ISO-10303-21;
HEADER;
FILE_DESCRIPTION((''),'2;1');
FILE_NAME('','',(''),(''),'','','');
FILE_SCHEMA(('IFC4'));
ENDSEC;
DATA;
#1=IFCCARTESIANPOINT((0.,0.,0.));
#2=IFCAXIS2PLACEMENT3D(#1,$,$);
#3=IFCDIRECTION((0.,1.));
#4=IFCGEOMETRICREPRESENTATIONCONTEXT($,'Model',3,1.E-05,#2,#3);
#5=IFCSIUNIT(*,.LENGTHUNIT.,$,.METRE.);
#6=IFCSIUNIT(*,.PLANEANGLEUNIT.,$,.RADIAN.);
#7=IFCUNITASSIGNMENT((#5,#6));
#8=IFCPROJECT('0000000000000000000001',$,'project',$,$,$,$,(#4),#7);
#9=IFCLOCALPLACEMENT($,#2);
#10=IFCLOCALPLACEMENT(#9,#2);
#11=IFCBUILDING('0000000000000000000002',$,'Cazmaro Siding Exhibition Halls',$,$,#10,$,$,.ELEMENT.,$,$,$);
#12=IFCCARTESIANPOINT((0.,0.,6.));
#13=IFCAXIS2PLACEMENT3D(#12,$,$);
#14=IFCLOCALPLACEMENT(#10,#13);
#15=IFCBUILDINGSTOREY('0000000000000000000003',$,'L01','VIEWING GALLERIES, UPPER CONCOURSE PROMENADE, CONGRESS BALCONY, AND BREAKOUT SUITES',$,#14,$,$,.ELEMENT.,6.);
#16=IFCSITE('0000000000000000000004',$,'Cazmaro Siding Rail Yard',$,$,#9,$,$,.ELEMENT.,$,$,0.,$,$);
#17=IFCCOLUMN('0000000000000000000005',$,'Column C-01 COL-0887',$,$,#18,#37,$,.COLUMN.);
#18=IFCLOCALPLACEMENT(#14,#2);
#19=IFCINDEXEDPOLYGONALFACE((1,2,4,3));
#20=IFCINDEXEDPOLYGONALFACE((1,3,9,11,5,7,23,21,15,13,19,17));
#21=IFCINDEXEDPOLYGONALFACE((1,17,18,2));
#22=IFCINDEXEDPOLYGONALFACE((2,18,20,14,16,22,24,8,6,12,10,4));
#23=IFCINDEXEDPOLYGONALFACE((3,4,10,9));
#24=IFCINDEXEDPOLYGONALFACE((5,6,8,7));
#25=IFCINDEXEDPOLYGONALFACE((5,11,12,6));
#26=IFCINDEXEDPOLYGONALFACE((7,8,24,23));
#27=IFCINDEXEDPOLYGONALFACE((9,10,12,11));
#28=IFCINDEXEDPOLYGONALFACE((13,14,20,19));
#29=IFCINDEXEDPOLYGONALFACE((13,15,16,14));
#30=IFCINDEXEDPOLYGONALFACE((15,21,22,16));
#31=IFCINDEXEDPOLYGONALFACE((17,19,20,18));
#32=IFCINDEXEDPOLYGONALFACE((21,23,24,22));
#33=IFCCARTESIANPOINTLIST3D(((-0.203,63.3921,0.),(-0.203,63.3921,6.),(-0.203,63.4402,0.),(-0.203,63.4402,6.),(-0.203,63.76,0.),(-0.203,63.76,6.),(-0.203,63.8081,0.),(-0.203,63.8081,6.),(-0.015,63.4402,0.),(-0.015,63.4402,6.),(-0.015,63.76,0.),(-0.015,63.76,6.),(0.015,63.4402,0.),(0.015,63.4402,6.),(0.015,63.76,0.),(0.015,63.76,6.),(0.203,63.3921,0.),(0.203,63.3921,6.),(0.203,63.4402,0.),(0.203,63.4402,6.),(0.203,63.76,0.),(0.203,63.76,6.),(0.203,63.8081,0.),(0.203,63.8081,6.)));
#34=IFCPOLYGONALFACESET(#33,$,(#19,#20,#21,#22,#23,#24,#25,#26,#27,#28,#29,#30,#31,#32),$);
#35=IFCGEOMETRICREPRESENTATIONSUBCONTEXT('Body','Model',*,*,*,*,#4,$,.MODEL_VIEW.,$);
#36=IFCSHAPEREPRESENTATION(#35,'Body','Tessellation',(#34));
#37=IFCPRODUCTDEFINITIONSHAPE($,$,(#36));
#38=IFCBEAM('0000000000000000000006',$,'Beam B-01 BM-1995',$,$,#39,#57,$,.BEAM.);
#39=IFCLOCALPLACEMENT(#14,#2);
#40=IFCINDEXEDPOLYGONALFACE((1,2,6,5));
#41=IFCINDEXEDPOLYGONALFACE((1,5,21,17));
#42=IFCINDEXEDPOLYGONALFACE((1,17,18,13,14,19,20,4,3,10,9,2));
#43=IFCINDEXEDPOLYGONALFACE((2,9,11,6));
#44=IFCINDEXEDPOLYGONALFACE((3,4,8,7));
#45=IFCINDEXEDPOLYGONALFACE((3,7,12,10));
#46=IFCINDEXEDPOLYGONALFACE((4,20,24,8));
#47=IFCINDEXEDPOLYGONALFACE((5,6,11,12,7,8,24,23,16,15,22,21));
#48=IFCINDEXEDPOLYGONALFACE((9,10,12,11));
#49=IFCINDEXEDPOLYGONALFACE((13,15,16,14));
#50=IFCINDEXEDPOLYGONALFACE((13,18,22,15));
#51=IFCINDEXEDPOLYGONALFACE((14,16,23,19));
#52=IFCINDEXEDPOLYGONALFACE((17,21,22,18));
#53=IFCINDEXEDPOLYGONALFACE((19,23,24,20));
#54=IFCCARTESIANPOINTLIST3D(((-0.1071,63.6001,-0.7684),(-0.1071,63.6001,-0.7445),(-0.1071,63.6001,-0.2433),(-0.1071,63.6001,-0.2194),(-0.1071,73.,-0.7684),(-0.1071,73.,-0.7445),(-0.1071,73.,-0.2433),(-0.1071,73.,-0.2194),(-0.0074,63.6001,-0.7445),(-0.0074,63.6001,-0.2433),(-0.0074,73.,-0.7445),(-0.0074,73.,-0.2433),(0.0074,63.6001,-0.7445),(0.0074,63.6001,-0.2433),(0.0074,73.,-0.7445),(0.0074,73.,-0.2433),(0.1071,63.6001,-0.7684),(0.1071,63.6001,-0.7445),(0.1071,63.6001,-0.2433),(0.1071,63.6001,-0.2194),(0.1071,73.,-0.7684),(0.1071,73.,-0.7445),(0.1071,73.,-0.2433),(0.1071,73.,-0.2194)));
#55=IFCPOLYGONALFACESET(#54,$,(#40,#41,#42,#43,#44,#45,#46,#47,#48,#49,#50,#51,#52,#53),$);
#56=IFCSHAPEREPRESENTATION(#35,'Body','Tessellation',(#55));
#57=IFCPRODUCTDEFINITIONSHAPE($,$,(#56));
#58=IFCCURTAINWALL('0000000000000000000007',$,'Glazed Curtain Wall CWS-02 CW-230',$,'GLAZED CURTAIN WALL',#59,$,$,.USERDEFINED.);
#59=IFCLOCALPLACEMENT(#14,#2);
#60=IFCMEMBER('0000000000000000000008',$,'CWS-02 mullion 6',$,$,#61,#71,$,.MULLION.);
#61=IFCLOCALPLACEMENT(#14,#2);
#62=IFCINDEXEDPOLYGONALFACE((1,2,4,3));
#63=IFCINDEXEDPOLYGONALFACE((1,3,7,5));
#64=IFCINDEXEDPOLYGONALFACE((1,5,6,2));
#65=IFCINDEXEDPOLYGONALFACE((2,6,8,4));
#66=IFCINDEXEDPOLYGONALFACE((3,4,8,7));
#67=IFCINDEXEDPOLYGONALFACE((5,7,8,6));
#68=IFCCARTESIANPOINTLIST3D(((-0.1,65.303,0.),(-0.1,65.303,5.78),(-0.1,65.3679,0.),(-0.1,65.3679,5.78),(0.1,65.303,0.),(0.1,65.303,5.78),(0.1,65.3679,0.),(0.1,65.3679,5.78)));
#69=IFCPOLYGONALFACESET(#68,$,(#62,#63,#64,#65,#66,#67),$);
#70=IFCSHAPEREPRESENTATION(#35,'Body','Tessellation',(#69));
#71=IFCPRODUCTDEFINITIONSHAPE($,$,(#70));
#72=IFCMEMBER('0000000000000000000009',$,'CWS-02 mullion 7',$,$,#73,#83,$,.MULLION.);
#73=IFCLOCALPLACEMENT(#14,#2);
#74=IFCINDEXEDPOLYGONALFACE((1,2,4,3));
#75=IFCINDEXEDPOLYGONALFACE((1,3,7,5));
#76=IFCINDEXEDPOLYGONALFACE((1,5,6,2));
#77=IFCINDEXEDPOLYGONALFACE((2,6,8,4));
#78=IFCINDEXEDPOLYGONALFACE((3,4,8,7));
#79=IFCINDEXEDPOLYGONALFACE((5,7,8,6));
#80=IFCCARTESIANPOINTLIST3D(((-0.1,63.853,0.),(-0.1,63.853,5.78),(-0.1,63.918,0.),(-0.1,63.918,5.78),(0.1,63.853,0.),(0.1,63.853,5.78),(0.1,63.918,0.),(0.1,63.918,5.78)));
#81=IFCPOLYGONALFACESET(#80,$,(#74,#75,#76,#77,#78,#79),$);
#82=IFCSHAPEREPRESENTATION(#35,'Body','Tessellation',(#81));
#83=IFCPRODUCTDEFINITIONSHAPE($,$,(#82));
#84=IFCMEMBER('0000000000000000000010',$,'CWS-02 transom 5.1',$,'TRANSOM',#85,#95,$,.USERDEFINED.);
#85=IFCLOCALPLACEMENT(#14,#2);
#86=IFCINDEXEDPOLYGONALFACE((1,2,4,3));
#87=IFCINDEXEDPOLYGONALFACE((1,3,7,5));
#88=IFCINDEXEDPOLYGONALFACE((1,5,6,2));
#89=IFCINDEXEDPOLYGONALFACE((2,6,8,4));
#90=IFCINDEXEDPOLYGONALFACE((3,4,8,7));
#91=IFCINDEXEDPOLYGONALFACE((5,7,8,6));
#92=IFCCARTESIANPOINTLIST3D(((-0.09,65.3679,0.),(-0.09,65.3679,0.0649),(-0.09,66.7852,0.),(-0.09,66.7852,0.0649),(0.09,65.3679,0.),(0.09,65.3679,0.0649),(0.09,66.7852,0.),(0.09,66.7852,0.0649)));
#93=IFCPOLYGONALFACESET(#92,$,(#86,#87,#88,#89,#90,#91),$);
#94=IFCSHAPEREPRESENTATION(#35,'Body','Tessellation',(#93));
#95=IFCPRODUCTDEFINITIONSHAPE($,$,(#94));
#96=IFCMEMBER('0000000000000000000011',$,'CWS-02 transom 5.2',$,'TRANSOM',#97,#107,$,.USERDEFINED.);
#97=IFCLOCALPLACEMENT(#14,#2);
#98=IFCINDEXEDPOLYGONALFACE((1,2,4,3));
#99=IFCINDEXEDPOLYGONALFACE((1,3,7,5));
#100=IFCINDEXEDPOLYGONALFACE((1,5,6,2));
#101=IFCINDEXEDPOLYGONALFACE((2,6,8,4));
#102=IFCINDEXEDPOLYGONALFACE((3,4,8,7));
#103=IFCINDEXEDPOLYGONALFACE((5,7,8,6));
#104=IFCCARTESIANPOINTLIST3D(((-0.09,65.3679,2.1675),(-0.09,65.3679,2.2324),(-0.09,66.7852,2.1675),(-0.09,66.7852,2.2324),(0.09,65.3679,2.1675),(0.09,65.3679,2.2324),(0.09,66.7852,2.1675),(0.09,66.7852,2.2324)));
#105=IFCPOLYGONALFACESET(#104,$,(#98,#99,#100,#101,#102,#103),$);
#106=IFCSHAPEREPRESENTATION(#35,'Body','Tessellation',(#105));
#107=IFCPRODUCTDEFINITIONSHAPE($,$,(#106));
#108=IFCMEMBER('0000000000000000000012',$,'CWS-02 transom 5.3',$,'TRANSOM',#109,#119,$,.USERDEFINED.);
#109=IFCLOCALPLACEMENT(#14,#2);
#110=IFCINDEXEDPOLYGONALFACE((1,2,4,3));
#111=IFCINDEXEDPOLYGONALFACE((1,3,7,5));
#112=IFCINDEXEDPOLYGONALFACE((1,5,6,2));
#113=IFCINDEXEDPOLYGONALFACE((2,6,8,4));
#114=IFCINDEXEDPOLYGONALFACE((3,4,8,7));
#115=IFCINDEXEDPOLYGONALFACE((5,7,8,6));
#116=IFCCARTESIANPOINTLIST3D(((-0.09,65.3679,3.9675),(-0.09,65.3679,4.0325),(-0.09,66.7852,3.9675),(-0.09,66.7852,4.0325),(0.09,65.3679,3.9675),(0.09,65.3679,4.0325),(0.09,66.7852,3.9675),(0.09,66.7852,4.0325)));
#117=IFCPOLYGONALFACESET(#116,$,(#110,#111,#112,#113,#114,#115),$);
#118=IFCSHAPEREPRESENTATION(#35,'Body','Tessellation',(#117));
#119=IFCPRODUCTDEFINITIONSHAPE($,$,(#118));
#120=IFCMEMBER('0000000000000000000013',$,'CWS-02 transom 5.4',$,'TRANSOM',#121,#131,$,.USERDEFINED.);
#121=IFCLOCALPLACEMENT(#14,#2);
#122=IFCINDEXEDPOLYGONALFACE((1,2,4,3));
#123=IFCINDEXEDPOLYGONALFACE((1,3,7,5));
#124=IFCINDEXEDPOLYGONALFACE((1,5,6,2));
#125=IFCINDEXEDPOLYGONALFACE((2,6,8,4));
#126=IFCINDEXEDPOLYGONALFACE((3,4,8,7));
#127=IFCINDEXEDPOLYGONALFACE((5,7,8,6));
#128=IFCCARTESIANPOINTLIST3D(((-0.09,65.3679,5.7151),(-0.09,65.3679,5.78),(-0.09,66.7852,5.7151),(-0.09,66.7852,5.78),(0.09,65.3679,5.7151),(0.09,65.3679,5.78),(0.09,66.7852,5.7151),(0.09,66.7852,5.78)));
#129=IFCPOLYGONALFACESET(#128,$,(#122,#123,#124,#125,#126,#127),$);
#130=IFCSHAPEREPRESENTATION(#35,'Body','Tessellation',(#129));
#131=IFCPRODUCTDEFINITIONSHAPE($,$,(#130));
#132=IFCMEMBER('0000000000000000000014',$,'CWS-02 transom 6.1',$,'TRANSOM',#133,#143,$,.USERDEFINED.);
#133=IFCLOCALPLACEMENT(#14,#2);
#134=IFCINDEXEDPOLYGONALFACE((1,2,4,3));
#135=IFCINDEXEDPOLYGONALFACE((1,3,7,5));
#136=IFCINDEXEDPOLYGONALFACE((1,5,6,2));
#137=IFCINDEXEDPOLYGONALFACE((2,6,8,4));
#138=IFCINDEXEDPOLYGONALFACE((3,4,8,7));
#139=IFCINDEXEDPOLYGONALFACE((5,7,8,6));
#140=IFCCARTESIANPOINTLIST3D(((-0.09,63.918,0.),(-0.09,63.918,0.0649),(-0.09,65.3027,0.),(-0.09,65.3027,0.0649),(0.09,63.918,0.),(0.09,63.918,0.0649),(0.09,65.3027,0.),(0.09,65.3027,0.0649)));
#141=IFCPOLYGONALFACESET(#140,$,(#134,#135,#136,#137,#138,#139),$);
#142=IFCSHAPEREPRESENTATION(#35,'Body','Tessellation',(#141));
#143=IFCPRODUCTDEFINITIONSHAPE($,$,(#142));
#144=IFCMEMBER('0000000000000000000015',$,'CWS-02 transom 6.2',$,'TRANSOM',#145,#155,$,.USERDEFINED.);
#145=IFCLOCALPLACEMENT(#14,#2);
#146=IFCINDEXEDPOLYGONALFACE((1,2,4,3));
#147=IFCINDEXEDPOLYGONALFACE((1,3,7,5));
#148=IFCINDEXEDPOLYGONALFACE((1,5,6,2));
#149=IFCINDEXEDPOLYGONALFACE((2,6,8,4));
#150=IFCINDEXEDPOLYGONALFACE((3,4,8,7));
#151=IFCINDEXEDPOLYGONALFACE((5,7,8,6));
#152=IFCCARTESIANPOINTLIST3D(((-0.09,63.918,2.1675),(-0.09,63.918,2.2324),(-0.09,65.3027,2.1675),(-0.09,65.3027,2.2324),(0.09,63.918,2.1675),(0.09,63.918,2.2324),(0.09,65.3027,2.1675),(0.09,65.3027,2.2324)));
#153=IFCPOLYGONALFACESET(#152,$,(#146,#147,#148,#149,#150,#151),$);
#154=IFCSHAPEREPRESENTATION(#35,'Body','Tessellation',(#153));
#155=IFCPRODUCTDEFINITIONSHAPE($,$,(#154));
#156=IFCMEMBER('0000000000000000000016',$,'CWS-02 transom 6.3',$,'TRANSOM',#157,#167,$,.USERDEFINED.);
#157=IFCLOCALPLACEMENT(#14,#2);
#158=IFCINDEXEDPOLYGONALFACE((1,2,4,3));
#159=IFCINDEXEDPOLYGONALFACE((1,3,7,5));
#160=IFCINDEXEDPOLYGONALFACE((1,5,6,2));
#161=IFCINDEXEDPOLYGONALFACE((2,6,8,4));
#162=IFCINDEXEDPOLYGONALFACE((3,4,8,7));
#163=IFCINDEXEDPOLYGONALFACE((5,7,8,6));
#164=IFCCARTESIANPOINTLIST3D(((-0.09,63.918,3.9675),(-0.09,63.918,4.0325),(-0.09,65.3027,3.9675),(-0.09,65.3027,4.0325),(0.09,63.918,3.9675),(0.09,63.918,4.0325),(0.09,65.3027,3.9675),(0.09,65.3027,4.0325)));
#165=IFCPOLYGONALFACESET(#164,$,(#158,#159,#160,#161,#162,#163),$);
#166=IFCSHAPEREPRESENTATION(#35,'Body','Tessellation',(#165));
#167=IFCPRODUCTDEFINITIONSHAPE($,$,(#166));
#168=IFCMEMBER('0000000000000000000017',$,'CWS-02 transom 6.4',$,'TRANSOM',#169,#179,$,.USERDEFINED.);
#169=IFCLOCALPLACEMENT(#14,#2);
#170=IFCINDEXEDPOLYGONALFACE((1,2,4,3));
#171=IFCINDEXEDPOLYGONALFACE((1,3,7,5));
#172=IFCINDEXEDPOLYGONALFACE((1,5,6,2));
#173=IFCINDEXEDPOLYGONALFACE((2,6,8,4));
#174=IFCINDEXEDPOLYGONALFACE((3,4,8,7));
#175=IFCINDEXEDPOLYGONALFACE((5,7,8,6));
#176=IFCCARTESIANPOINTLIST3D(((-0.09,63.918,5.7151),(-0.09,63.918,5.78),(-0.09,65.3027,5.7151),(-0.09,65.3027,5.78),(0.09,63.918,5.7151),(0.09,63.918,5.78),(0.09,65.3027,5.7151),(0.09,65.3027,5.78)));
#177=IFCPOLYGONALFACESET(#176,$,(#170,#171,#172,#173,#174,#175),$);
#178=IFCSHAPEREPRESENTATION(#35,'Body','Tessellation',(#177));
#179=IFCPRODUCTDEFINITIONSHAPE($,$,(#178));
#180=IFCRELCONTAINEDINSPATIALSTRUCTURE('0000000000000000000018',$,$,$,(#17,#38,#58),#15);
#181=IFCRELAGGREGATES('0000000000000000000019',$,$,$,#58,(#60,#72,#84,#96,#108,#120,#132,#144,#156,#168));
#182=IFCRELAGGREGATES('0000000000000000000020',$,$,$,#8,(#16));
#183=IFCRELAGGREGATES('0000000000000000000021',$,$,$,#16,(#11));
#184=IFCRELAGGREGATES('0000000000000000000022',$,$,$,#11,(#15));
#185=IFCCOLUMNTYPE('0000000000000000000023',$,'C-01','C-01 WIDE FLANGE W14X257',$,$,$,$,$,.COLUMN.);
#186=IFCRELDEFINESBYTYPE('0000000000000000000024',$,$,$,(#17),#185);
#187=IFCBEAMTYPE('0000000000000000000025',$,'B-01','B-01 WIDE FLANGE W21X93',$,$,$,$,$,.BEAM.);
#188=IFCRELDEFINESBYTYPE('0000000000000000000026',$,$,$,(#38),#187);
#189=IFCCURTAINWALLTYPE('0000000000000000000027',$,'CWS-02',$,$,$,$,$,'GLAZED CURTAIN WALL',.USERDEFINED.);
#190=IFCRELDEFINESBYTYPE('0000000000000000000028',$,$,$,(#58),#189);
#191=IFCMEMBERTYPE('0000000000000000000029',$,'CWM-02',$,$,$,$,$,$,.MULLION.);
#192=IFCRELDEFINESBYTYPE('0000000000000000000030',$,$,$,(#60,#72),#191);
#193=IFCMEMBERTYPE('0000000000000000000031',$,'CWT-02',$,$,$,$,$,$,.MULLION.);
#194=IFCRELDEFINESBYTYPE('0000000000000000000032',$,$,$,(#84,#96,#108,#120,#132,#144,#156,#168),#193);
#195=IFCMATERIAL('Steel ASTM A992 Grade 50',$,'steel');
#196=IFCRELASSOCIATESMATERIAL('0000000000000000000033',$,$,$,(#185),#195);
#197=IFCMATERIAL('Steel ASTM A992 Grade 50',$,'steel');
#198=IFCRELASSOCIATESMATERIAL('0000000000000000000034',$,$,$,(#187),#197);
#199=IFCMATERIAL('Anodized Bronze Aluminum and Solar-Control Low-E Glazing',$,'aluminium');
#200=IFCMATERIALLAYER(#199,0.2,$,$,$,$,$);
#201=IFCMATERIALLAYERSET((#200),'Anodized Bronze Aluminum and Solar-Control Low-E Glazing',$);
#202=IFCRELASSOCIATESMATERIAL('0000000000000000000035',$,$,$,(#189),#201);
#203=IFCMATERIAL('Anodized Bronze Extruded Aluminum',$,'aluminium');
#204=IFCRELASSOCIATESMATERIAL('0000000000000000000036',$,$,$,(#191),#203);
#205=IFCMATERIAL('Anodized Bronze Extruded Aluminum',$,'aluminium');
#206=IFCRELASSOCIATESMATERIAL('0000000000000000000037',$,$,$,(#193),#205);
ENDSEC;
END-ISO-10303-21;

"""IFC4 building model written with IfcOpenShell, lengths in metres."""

from ifc_helpers import new_model, si_unit, direction, frame, origin, origin_2d, place, context, subcontext, project, spatial, rectangle, i_section, extrude, material, layer, layer_set, material_profile, profile_set, type_object, element, aggregate, save


model = new_model("IFC4")

# Units and contexts
model_context = context("Model", 3, precision=1e-05, world=origin(), true_north=direction((0.0, 1.0)))
body_context = subcontext(model_context, "Body", "Model", "MODEL_VIEW")
ifc_project = project(units=[si_unit("LENGTHUNIT", "METRE"), si_unit("PLANEANGLEUNIT", "RADIAN")], contexts=[model_context])

# Site, building, storey
site_placement = place(None, origin())
site = spatial("IfcSite", under=ifc_project, at=site_placement, Name="Cazmaro Siding Rail Yard", CompositionType="ELEMENT", RefElevation=0.0)
building_placement = place(site_placement, origin())
building = spatial("IfcBuilding", under=site, at=building_placement, Name="Cazmaro Siding Exhibition Halls", CompositionType="ELEMENT")
storey_placement = place(building_placement, frame((0.0, 0.0, 6.0)))
storey = spatial("IfcBuildingStorey", under=building, at=storey_placement, Name="L01", Description="VIEWING GALLERIES, UPPER CONCOURSE PROMENADE, CONGRESS BALCONY, AND BREAKOUT SUITES", CompositionType="ELEMENT", Elevation=6.0)

# Column
ifc_material_1 = material(Name="Steel ASTM A992 Grade 50", Category="steel")
ifc_material_profile_1 = material_profile(ifc_material_1, i_section(OverallWidth=0.406, OverallDepth=0.416, WebThickness=0.03, FlangeThickness=0.0481, at=origin_2d()), Name="W14X257")
ifc_profile_set_1 = profile_set([ifc_material_profile_1], Name="Steel ASTM A992 Grade 50")
column_type = type_object("IfcColumnType", Name="C-01", Description="C-01 WIDE FLANGE W14X257", PredefinedType="COLUMN", material=ifc_profile_set_1)
column_placement = place(storey_placement, frame((0.0, 63.6001, 0.0), z_axis=(0.0, 0.0, 1.0), x_axis=(1.0, 0.0, 0.0)))
element("IfcColumn", 1, at=column_placement, inside=storey, type_object=column_type, Name="Column C-01 COL-0887", PredefinedType="COLUMN", context=body_context, shape_type="SweptSolid", body=[
    extrude(i_section(OverallWidth=0.406, OverallDepth=0.416, WebThickness=0.03, FlangeThickness=0.0481, at=origin_2d()), origin(), (0.0, 0.0, 1.0), 6.0),
])

# Beam
ifc_material_2 = material(Name="Steel ASTM A992 Grade 50", Category="steel")
ifc_material_profile_2 = material_profile(ifc_material_2, i_section(OverallWidth=0.2141, OverallDepth=0.5491, WebThickness=0.0149, FlangeThickness=0.0239, at=origin_2d()), Name="W21X93")
ifc_profile_set_2 = profile_set([ifc_material_profile_2], Name="Steel ASTM A992 Grade 50")
beam_type_1 = type_object("IfcBeamType", Name="B-01", Description="B-01 WIDE FLANGE W21X93", PredefinedType="BEAM", material=ifc_profile_set_2)
beam_1_placement = place(storey_placement, frame((0.0, 63.6001, -0.4939), z_axis=(0.0, 1.0, 0.0), x_axis=(-1.0, 0.0, 0.0)))
element("IfcBeam", 2, at=beam_1_placement, inside=storey, type_object=beam_type_1, Name="Beam B-01 BM-1995", PredefinedType="BEAM", context=body_context, shape_type="SweptSolid", body=[
    extrude(i_section(OverallWidth=0.2141, OverallDepth=0.5491, WebThickness=0.0149, FlangeThickness=0.0239, at=origin_2d()), origin(), (0.0, 0.0, 1.0), 9.3999),
])

# Curtain wall, members
ifc_material_3 = material(Name="Anodized Bronze Aluminum and Solar-Control Low-E Glazing", Category="aluminium")
ifc_layer_1 = layer(ifc_material_3, 0.2)
ifc_layer_set_1 = layer_set([ifc_layer_1], Name="Anodized Bronze Aluminum and Solar-Control Low-E Glazing")
curtain_wall_type = type_object("IfcCurtainWallType", Name="CWS-02", ElementType="GLAZED CURTAIN WALL", PredefinedType="USERDEFINED", material=ifc_layer_set_1)
curtain_wall_placement = place(storey_placement, origin())
curtain_wall = element("IfcCurtainWall", 3, at=curtain_wall_placement, inside=storey, type_object=curtain_wall_type, Name="Glazed Curtain Wall CWS-02 CW-230", ObjectType="GLAZED CURTAIN WALL", PredefinedType="USERDEFINED")
ifc_material_4 = material(Name="Anodized Bronze Extruded Aluminum", Category="aluminium")
ifc_material_profile_3 = material_profile(ifc_material_4, rectangle(XDim=0.2, YDim=0.0649, at=origin_2d()), Name="CWM-02")
ifc_profile_set_3 = profile_set([ifc_material_profile_3], Name="Anodized Bronze Extruded Aluminum")
member_type_1 = type_object("IfcMemberType", Name="CWM-02", PredefinedType="MULLION", material=ifc_profile_set_3)
member_1_placement = place(storey_placement, frame((0.0, 65.3354, 0.0), z_axis=(0.0, 0.0, 1.0), x_axis=(1.0, 0.0, 0.0)))
member_1 = element("IfcMember", 4, at=member_1_placement, type_object=member_type_1, Name="CWS-02 mullion 6", PredefinedType="MULLION", context=body_context, shape_type="SweptSolid", body=[
    extrude(rectangle(XDim=0.2, YDim=0.0649, at=origin_2d()), origin(), (0.0, 0.0, 1.0), 5.78),
])
member_2_placement = place(storey_placement, frame((0.0, 63.8855, 0.0), z_axis=(0.0, 0.0, 1.0), x_axis=(1.0, 0.0, 0.0)))
member_2 = element("IfcMember", 5, at=member_2_placement, type_object=member_type_1, Name="CWS-02 mullion 7", PredefinedType="MULLION", context=body_context, shape_type="SweptSolid", body=[
    extrude(rectangle(XDim=0.2, YDim=0.0649, at=origin_2d()), origin(), (0.0, 0.0, 1.0), 5.78),
])
ifc_material_5 = material(Name="Anodized Bronze Extruded Aluminum", Category="aluminium")
ifc_material_profile_4 = material_profile(ifc_material_5, rectangle(XDim=0.1799, YDim=0.0649, at=origin_2d()), Name="CWT-02")
ifc_profile_set_4 = profile_set([ifc_material_profile_4], Name="Anodized Bronze Extruded Aluminum")
member_type_2 = type_object("IfcMemberType", Name="CWT-02", PredefinedType="MULLION", material=ifc_profile_set_4)
member_3_placement = place(storey_placement, frame((0.0, 66.7852, 0.0325), z_axis=(0.0, -1.0, 0.0), x_axis=(1.0, 0.0, 0.0)))
member_3 = element("IfcMember", 6, at=member_3_placement, type_object=member_type_2, Name="CWS-02 transom 5.1", ObjectType="TRANSOM", PredefinedType="USERDEFINED", context=body_context, shape_type="SweptSolid", body=[
    extrude(rectangle(XDim=0.1799, YDim=0.0649, at=origin_2d()), origin(), (0.0, 0.0, 1.0), 1.4172),
])
member_4_placement = place(storey_placement, frame((0.0, 66.7852, 2.2), z_axis=(0.0, -1.0, 0.0), x_axis=(1.0, 0.0, 0.0)))
member_4 = element("IfcMember", 7, at=member_4_placement, type_object=member_type_2, Name="CWS-02 transom 5.2", ObjectType="TRANSOM", PredefinedType="USERDEFINED", context=body_context, shape_type="SweptSolid", body=[
    extrude(rectangle(XDim=0.1799, YDim=0.0649, at=origin_2d()), origin(), (0.0, 0.0, 1.0), 1.4172),
])
member_5_placement = place(storey_placement, frame((0.0, 66.7852, 4.0), z_axis=(0.0, -1.0, 0.0), x_axis=(1.0, 0.0, 0.0)))
member_5 = element("IfcMember", 8, at=member_5_placement, type_object=member_type_2, Name="CWS-02 transom 5.3", ObjectType="TRANSOM", PredefinedType="USERDEFINED", context=body_context, shape_type="SweptSolid", body=[
    extrude(rectangle(XDim=0.1799, YDim=0.0649, at=origin_2d()), origin(), (0.0, 0.0, 1.0), 1.4172),
])
member_6_placement = place(storey_placement, frame((0.0, 66.7852, 5.7476), z_axis=(0.0, -1.0, 0.0), x_axis=(1.0, 0.0, 0.0)))
member_6 = element("IfcMember", 9, at=member_6_placement, type_object=member_type_2, Name="CWS-02 transom 5.4", ObjectType="TRANSOM", PredefinedType="USERDEFINED", context=body_context, shape_type="SweptSolid", body=[
    extrude(rectangle(XDim=0.1799, YDim=0.0649, at=origin_2d()), origin(), (0.0, 0.0, 1.0), 1.4172),
])
member_7_placement = place(storey_placement, frame((0.0, 65.3027, 0.0325), z_axis=(0.0, -1.0, 0.0), x_axis=(1.0, 0.0, 0.0)))
member_7 = element("IfcMember", 10, at=member_7_placement, type_object=member_type_2, Name="CWS-02 transom 6.1", ObjectType="TRANSOM", PredefinedType="USERDEFINED", context=body_context, shape_type="SweptSolid", body=[
    extrude(rectangle(XDim=0.1799, YDim=0.0649, at=origin_2d()), origin(), (0.0, 0.0, 1.0), 1.3848),
])
member_8_placement = place(storey_placement, frame((0.0, 65.3027, 2.2), z_axis=(0.0, -1.0, 0.0), x_axis=(1.0, 0.0, 0.0)))
member_8 = element("IfcMember", 11, at=member_8_placement, type_object=member_type_2, Name="CWS-02 transom 6.2", ObjectType="TRANSOM", PredefinedType="USERDEFINED", context=body_context, shape_type="SweptSolid", body=[
    extrude(rectangle(XDim=0.1799, YDim=0.0649, at=origin_2d()), origin(), (0.0, 0.0, 1.0), 1.3848),
])
member_9_placement = place(storey_placement, frame((0.0, 65.3027, 4.0), z_axis=(0.0, -1.0, 0.0), x_axis=(1.0, 0.0, 0.0)))
member_9 = element("IfcMember", 12, at=member_9_placement, type_object=member_type_2, Name="CWS-02 transom 6.3", ObjectType="TRANSOM", PredefinedType="USERDEFINED", context=body_context, shape_type="SweptSolid", body=[
    extrude(rectangle(XDim=0.1799, YDim=0.0649, at=origin_2d()), origin(), (0.0, 0.0, 1.0), 1.3848),
])
member_10_placement = place(storey_placement, frame((0.0, 65.3027, 5.7476), z_axis=(0.0, -1.0, 0.0), x_axis=(1.0, 0.0, 0.0)))
member_10 = element("IfcMember", 13, at=member_10_placement, type_object=member_type_2, Name="CWS-02 transom 6.4", ObjectType="TRANSOM", PredefinedType="USERDEFINED", context=body_context, shape_type="SweptSolid", body=[
    extrude(rectangle(XDim=0.1799, YDim=0.0649, at=origin_2d()), origin(), (0.0, 0.0, 1.0), 1.3848),
])

aggregate(curtain_wall, [member_1, member_2, member_3, member_4, member_5, member_6, member_7, member_8, member_9, member_10])

save(model, "model.ifc")
